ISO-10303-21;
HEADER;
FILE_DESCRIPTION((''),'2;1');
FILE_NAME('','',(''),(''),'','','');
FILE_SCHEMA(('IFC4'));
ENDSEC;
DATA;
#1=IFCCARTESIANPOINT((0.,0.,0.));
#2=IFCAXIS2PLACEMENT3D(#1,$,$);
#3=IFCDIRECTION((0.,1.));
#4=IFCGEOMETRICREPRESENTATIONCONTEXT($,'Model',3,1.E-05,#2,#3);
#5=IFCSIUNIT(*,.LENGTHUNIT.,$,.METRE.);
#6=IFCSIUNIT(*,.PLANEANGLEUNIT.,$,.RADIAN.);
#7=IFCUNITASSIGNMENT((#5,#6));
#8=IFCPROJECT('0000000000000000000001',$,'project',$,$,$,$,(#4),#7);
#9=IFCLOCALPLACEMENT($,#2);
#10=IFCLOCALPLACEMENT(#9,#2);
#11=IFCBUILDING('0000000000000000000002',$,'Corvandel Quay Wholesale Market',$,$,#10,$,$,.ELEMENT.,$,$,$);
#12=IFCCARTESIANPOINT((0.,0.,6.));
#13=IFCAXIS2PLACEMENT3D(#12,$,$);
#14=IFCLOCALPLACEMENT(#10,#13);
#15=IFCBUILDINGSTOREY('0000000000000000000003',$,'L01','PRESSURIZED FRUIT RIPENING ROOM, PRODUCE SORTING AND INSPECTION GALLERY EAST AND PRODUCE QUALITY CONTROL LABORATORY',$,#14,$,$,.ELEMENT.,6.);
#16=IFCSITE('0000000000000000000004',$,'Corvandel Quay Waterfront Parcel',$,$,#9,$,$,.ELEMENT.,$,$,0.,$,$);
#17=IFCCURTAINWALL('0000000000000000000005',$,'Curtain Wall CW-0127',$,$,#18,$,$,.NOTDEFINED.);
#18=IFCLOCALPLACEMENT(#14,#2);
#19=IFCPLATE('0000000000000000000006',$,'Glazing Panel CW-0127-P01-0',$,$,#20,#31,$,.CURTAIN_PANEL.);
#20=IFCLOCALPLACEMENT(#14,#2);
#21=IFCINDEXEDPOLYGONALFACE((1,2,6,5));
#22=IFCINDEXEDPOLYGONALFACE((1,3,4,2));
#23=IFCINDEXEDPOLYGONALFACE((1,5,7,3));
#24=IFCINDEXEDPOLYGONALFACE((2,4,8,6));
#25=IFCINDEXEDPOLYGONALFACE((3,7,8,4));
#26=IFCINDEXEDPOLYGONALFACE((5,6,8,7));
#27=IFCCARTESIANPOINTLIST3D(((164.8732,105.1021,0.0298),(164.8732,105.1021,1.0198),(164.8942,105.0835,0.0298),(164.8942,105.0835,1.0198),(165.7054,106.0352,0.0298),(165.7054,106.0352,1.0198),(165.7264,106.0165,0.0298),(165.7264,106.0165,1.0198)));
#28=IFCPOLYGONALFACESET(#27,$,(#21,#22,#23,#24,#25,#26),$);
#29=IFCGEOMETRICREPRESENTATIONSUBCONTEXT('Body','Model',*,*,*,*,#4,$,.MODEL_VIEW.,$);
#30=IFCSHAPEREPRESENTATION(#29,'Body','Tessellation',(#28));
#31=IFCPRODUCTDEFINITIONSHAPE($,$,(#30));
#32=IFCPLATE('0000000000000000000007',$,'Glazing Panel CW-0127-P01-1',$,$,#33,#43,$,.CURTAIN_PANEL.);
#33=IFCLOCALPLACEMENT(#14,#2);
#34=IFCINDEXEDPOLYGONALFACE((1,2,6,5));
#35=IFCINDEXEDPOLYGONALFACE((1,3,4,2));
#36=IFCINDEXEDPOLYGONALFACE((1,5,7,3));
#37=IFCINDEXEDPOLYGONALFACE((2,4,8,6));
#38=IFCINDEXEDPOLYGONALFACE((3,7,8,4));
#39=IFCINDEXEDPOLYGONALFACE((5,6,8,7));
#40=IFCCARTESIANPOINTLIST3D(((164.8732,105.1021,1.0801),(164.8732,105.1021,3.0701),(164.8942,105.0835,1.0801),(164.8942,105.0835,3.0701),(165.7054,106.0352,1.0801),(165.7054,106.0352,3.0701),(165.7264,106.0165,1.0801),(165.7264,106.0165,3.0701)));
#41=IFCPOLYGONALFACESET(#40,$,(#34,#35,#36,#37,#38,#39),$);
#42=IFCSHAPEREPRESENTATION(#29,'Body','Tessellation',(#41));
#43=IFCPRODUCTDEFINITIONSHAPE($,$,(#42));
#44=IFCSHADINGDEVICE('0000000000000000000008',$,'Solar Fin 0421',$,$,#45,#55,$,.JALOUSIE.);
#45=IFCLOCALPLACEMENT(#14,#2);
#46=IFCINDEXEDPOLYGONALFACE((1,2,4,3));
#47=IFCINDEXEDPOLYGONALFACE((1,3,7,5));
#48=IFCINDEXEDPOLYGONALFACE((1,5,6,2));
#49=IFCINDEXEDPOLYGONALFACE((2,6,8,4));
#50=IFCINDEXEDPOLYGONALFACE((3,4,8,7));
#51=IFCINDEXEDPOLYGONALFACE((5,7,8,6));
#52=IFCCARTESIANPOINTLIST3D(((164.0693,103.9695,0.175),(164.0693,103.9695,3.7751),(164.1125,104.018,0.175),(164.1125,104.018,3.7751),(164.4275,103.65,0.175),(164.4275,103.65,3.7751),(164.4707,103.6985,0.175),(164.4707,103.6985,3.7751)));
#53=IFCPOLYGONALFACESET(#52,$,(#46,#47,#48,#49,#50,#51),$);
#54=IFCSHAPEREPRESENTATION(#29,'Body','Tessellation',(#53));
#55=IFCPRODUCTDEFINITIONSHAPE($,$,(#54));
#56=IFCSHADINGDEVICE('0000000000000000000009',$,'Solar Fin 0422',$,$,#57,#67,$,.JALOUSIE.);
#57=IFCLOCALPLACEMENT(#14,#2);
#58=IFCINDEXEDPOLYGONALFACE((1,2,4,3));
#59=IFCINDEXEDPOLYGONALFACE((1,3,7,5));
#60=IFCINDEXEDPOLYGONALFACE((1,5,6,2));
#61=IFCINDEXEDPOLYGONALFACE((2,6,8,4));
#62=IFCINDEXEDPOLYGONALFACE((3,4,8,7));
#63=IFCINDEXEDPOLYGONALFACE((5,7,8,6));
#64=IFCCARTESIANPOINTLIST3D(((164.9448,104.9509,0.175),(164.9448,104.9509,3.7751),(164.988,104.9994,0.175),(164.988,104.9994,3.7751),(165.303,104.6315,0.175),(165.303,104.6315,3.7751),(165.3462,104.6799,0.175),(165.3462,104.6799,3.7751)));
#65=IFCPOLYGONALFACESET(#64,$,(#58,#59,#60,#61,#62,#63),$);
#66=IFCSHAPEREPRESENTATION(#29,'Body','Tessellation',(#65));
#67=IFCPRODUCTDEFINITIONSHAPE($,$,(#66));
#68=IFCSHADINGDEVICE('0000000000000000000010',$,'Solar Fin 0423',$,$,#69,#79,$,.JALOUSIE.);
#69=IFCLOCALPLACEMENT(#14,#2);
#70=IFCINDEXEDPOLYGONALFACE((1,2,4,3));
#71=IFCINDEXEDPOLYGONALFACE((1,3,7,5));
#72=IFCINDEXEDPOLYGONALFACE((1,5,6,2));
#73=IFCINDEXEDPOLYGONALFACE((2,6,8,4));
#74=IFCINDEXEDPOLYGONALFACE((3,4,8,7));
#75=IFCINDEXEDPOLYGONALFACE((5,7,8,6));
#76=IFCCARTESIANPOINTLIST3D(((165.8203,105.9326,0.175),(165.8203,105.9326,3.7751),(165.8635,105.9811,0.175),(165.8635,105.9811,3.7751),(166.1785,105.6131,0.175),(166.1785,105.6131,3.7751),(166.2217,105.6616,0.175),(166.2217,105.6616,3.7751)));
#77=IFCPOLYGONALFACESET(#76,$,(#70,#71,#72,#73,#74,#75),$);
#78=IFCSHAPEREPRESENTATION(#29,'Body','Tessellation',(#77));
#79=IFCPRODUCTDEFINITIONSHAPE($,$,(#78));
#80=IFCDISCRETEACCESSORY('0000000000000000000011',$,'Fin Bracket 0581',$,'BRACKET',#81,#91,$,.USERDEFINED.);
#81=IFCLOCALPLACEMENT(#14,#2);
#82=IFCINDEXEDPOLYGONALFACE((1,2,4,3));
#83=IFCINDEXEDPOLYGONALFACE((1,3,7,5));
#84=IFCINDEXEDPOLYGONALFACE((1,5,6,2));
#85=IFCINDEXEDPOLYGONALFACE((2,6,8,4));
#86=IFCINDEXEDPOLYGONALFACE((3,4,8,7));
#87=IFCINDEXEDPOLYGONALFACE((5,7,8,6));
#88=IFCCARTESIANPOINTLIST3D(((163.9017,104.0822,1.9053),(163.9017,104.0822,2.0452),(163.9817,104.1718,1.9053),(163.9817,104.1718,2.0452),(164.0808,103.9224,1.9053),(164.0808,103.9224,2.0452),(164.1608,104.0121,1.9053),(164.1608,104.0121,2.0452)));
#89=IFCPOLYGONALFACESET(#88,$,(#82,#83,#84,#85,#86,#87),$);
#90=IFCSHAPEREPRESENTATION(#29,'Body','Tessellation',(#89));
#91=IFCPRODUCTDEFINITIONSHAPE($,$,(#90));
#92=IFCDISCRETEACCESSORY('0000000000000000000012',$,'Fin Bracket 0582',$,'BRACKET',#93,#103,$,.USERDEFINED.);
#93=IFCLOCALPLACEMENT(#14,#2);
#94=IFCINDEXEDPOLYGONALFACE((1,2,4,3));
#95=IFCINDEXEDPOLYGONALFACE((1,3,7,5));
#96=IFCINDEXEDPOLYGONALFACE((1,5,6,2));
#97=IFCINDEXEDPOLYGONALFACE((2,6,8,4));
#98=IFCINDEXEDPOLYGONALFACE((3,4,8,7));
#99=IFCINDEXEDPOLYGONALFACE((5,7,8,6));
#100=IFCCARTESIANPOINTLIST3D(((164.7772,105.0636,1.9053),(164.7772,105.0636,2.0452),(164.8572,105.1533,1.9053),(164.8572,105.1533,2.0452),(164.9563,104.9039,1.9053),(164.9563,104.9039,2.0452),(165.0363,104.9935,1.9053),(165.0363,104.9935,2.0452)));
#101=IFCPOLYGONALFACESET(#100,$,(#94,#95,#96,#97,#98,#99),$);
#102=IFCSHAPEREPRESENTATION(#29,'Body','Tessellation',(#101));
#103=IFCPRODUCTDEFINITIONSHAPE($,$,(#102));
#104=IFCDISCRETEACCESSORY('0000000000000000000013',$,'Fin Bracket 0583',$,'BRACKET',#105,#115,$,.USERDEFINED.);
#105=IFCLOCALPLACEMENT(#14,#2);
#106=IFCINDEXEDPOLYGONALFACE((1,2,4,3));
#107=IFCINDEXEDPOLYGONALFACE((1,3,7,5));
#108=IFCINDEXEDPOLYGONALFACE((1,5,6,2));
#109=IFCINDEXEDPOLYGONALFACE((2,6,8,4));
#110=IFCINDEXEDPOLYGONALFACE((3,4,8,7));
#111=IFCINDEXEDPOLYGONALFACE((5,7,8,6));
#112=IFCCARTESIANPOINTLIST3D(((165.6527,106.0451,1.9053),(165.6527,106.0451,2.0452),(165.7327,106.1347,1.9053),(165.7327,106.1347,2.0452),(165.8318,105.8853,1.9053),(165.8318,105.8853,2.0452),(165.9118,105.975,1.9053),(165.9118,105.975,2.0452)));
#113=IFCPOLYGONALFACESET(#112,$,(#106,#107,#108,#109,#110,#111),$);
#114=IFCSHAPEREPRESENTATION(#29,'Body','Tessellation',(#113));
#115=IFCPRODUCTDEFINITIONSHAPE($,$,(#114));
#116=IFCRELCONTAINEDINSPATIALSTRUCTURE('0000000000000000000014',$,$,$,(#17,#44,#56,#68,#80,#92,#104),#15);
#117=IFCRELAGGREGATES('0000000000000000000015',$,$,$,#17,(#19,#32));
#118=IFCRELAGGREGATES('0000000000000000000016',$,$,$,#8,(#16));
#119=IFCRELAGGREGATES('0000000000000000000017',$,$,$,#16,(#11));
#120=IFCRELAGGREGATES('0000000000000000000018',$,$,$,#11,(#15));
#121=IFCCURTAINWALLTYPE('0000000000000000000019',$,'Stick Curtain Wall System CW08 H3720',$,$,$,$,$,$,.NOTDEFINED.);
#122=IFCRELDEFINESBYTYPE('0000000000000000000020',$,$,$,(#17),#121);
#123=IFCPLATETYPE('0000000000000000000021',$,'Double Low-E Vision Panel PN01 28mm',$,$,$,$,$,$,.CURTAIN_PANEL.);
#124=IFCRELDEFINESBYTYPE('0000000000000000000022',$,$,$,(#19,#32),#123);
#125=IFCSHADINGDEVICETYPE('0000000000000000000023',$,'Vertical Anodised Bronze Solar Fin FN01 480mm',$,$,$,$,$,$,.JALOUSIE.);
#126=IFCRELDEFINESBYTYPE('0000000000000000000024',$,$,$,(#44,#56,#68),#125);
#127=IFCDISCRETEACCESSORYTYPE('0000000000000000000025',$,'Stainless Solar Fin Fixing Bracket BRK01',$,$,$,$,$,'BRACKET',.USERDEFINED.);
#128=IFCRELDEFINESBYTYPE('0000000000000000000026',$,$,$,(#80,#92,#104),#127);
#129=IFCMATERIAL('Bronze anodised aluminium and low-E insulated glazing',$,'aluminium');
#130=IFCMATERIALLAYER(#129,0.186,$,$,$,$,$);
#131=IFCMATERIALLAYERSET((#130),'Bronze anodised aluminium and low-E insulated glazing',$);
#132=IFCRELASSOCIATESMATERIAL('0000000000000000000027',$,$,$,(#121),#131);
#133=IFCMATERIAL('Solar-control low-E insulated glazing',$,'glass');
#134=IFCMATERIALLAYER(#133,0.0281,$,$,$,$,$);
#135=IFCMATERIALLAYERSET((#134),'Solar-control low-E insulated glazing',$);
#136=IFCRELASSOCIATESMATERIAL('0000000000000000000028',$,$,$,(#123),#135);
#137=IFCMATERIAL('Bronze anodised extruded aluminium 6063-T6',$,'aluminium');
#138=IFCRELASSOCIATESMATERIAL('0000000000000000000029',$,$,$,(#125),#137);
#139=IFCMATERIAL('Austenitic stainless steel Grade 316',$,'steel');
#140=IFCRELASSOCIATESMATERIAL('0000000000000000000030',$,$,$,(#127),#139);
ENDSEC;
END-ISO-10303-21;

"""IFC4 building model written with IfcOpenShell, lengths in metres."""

from ifc_helpers import new_model, si_unit, direction, frame, origin, origin_2d, place, context, subcontext, project, spatial, rectangle, extrude, material, layer, layer_set, type_object, element, aggregate, save


model = new_model("IFC4")

# Units and contexts
model_context = context("Model", 3, precision=1e-05, world=origin(), true_north=direction((0.0, 1.0)))
body_context = subcontext(model_context, "Body", "Model", "MODEL_VIEW")
ifc_project = project(units=[si_unit("LENGTHUNIT", "METRE"), si_unit("PLANEANGLEUNIT", "RADIAN")], contexts=[model_context])

# Site, building, storey
site_placement = place(None, origin())
site = spatial("IfcSite", under=ifc_project, at=site_placement, Name="Corvandel Quay Waterfront Parcel", CompositionType="ELEMENT", RefElevation=0.0)
building_placement = place(site_placement, origin())
building = spatial("IfcBuilding", under=site, at=building_placement, Name="Corvandel Quay Wholesale Market", CompositionType="ELEMENT")
storey_placement = place(building_placement, frame((0.0, 0.0, 6.0)))
storey = spatial("IfcBuildingStorey", under=building, at=storey_placement, Name="L01", Description="PRESSURIZED FRUIT RIPENING ROOM, PRODUCE SORTING AND INSPECTION GALLERY EAST AND PRODUCE QUALITY CONTROL LABORATORY", CompositionType="ELEMENT", Elevation=6.0)

# Curtain wall, plates
ifc_material_1 = material(Name="Bronze anodised aluminium and low-E insulated glazing", Category="aluminium")
ifc_layer_1 = layer(ifc_material_1, 0.186)
ifc_layer_set_1 = layer_set([ifc_layer_1], Name="Bronze anodised aluminium and low-E insulated glazing")
curtain_wall_type = type_object("IfcCurtainWallType", Name="Stick Curtain Wall System CW08 H3720", PredefinedType="NOTDEFINED", material=ifc_layer_set_1)
curtain_wall_placement = place(storey_placement, origin())
curtain_wall = element("IfcCurtainWall", 1, at=curtain_wall_placement, inside=storey, type_object=curtain_wall_type, Name="Curtain Wall CW-0127", PredefinedType="NOTDEFINED")
ifc_material_2 = material(Name="Solar-control low-E insulated glazing", Category="glass")
ifc_layer_2 = layer(ifc_material_2, 0.0281)
ifc_layer_set_2 = layer_set([ifc_layer_2], Name="Solar-control low-E insulated glazing")
plate_type_1 = type_object("IfcPlateType", Name="Double Low-E Vision Panel PN01 28mm", PredefinedType="CURTAIN_PANEL", material=ifc_layer_set_2)
plate_1_placement = place(storey_placement, frame((165.2998, 105.5593, 0.0298), z_axis=(0.0, 0.0, 1.0), x_axis=(0.665621, 0.74629, 0.0)))
plate_1 = element("IfcPlate", 2, at=plate_1_placement, type_object=plate_type_1, Name="Glazing Panel CW-0127-P01-0", PredefinedType="CURTAIN_PANEL", context=body_context, shape_type="SweptSolid", body=[
    extrude(rectangle(XDim=1.2502, YDim=0.0281, at=origin_2d()), origin(), (0.0, 0.0, 1.0), 0.99),
])
plate_2_placement = place(storey_placement, frame((165.2998, 105.5593, 1.0801), z_axis=(0.0, 0.0, 1.0), x_axis=(0.665621, 0.74629, 0.0)))
plate_2 = element("IfcPlate", 3, at=plate_2_placement, type_object=plate_type_1, Name="Glazing Panel CW-0127-P01-1", PredefinedType="CURTAIN_PANEL", context=body_context, shape_type="SweptSolid", body=[
    extrude(rectangle(XDim=1.2502, YDim=0.0281, at=origin_2d()), origin(), (0.0, 0.0, 1.0), 1.99),
])
aggregate(curtain_wall, [plate_1, plate_2])

# Shading devices
ifc_material_3 = material(Name="Bronze anodised extruded aluminium 6063-T6", Category="aluminium")
shading_device_type = type_object("IfcShadingDeviceType", Name="Vertical Anodised Bronze Solar Fin FN01 480mm", PredefinedType="JALOUSIE", material=ifc_material_3)
for number, where, z_axis, x_axis, name in (
    (4, (164.27, 103.834, 0.175), (0.0, 0.0, 1.0), (-0.74629, 0.665621, 0.0), "Solar Fin 0421"),
    (5, (165.1455, 104.8154, 0.175), (0.0, 0.0, 1.0), (-0.74629, 0.665621, 0.0), "Solar Fin 0422"),
    (6, (166.021, 105.7971, 0.175), (0.0, 0.0, 1.0), (-0.74629, 0.665621, 0.0), "Solar Fin 0423"),
):
    element("IfcShadingDevice", number, at=place(storey_placement, frame(where, z_axis=z_axis, x_axis=x_axis)), inside=storey, type_object=shading_device_type, Name=name, PredefinedType="JALOUSIE", context=body_context, shape_type="SweptSolid", body=[
        extrude(rectangle(XDim=0.48, YDim=0.0649, at=origin_2d()), origin(), (0.0, 0.0, 1.0), 3.6001),
    ])

# Discrete accessories
ifc_material_4 = material(Name="Austenitic stainless steel Grade 316", Category="steel")
discrete_accessory_type = type_object("IfcDiscreteAccessoryType", Name="Stainless Solar Fin Fixing Bracket BRK01", ElementType="BRACKET", PredefinedType="USERDEFINED", material=ifc_material_4)
for number, where, z_axis, x_axis, name in (
    (7, (164.0312, 104.0471, 1.9053), (0.0, 0.0, 1.0), (-0.74629, 0.665621, 0.0), "Fin Bracket 0581"),
    (8, (164.9067, 105.0286, 1.9053), (0.0, 0.0, 1.0), (-0.74629, 0.665621, 0.0), "Fin Bracket 0582"),
    (9, (165.7822, 106.01, 1.9053), (0.0, 0.0, 1.0), (-0.74629, 0.665621, 0.0), "Fin Bracket 0583"),
):
    element("IfcDiscreteAccessory", number, at=place(storey_placement, frame(where, z_axis=z_axis, x_axis=x_axis)), inside=storey, type_object=discrete_accessory_type, Name=name, ObjectType="BRACKET", PredefinedType="USERDEFINED", context=body_context, shape_type="SweptSolid", body=[
        extrude(rectangle(XDim=0.24, YDim=0.1201, at=origin_2d()), origin(), (0.0, 0.0, 1.0), 0.1399),
    ])

save(model, "model.ifc")
